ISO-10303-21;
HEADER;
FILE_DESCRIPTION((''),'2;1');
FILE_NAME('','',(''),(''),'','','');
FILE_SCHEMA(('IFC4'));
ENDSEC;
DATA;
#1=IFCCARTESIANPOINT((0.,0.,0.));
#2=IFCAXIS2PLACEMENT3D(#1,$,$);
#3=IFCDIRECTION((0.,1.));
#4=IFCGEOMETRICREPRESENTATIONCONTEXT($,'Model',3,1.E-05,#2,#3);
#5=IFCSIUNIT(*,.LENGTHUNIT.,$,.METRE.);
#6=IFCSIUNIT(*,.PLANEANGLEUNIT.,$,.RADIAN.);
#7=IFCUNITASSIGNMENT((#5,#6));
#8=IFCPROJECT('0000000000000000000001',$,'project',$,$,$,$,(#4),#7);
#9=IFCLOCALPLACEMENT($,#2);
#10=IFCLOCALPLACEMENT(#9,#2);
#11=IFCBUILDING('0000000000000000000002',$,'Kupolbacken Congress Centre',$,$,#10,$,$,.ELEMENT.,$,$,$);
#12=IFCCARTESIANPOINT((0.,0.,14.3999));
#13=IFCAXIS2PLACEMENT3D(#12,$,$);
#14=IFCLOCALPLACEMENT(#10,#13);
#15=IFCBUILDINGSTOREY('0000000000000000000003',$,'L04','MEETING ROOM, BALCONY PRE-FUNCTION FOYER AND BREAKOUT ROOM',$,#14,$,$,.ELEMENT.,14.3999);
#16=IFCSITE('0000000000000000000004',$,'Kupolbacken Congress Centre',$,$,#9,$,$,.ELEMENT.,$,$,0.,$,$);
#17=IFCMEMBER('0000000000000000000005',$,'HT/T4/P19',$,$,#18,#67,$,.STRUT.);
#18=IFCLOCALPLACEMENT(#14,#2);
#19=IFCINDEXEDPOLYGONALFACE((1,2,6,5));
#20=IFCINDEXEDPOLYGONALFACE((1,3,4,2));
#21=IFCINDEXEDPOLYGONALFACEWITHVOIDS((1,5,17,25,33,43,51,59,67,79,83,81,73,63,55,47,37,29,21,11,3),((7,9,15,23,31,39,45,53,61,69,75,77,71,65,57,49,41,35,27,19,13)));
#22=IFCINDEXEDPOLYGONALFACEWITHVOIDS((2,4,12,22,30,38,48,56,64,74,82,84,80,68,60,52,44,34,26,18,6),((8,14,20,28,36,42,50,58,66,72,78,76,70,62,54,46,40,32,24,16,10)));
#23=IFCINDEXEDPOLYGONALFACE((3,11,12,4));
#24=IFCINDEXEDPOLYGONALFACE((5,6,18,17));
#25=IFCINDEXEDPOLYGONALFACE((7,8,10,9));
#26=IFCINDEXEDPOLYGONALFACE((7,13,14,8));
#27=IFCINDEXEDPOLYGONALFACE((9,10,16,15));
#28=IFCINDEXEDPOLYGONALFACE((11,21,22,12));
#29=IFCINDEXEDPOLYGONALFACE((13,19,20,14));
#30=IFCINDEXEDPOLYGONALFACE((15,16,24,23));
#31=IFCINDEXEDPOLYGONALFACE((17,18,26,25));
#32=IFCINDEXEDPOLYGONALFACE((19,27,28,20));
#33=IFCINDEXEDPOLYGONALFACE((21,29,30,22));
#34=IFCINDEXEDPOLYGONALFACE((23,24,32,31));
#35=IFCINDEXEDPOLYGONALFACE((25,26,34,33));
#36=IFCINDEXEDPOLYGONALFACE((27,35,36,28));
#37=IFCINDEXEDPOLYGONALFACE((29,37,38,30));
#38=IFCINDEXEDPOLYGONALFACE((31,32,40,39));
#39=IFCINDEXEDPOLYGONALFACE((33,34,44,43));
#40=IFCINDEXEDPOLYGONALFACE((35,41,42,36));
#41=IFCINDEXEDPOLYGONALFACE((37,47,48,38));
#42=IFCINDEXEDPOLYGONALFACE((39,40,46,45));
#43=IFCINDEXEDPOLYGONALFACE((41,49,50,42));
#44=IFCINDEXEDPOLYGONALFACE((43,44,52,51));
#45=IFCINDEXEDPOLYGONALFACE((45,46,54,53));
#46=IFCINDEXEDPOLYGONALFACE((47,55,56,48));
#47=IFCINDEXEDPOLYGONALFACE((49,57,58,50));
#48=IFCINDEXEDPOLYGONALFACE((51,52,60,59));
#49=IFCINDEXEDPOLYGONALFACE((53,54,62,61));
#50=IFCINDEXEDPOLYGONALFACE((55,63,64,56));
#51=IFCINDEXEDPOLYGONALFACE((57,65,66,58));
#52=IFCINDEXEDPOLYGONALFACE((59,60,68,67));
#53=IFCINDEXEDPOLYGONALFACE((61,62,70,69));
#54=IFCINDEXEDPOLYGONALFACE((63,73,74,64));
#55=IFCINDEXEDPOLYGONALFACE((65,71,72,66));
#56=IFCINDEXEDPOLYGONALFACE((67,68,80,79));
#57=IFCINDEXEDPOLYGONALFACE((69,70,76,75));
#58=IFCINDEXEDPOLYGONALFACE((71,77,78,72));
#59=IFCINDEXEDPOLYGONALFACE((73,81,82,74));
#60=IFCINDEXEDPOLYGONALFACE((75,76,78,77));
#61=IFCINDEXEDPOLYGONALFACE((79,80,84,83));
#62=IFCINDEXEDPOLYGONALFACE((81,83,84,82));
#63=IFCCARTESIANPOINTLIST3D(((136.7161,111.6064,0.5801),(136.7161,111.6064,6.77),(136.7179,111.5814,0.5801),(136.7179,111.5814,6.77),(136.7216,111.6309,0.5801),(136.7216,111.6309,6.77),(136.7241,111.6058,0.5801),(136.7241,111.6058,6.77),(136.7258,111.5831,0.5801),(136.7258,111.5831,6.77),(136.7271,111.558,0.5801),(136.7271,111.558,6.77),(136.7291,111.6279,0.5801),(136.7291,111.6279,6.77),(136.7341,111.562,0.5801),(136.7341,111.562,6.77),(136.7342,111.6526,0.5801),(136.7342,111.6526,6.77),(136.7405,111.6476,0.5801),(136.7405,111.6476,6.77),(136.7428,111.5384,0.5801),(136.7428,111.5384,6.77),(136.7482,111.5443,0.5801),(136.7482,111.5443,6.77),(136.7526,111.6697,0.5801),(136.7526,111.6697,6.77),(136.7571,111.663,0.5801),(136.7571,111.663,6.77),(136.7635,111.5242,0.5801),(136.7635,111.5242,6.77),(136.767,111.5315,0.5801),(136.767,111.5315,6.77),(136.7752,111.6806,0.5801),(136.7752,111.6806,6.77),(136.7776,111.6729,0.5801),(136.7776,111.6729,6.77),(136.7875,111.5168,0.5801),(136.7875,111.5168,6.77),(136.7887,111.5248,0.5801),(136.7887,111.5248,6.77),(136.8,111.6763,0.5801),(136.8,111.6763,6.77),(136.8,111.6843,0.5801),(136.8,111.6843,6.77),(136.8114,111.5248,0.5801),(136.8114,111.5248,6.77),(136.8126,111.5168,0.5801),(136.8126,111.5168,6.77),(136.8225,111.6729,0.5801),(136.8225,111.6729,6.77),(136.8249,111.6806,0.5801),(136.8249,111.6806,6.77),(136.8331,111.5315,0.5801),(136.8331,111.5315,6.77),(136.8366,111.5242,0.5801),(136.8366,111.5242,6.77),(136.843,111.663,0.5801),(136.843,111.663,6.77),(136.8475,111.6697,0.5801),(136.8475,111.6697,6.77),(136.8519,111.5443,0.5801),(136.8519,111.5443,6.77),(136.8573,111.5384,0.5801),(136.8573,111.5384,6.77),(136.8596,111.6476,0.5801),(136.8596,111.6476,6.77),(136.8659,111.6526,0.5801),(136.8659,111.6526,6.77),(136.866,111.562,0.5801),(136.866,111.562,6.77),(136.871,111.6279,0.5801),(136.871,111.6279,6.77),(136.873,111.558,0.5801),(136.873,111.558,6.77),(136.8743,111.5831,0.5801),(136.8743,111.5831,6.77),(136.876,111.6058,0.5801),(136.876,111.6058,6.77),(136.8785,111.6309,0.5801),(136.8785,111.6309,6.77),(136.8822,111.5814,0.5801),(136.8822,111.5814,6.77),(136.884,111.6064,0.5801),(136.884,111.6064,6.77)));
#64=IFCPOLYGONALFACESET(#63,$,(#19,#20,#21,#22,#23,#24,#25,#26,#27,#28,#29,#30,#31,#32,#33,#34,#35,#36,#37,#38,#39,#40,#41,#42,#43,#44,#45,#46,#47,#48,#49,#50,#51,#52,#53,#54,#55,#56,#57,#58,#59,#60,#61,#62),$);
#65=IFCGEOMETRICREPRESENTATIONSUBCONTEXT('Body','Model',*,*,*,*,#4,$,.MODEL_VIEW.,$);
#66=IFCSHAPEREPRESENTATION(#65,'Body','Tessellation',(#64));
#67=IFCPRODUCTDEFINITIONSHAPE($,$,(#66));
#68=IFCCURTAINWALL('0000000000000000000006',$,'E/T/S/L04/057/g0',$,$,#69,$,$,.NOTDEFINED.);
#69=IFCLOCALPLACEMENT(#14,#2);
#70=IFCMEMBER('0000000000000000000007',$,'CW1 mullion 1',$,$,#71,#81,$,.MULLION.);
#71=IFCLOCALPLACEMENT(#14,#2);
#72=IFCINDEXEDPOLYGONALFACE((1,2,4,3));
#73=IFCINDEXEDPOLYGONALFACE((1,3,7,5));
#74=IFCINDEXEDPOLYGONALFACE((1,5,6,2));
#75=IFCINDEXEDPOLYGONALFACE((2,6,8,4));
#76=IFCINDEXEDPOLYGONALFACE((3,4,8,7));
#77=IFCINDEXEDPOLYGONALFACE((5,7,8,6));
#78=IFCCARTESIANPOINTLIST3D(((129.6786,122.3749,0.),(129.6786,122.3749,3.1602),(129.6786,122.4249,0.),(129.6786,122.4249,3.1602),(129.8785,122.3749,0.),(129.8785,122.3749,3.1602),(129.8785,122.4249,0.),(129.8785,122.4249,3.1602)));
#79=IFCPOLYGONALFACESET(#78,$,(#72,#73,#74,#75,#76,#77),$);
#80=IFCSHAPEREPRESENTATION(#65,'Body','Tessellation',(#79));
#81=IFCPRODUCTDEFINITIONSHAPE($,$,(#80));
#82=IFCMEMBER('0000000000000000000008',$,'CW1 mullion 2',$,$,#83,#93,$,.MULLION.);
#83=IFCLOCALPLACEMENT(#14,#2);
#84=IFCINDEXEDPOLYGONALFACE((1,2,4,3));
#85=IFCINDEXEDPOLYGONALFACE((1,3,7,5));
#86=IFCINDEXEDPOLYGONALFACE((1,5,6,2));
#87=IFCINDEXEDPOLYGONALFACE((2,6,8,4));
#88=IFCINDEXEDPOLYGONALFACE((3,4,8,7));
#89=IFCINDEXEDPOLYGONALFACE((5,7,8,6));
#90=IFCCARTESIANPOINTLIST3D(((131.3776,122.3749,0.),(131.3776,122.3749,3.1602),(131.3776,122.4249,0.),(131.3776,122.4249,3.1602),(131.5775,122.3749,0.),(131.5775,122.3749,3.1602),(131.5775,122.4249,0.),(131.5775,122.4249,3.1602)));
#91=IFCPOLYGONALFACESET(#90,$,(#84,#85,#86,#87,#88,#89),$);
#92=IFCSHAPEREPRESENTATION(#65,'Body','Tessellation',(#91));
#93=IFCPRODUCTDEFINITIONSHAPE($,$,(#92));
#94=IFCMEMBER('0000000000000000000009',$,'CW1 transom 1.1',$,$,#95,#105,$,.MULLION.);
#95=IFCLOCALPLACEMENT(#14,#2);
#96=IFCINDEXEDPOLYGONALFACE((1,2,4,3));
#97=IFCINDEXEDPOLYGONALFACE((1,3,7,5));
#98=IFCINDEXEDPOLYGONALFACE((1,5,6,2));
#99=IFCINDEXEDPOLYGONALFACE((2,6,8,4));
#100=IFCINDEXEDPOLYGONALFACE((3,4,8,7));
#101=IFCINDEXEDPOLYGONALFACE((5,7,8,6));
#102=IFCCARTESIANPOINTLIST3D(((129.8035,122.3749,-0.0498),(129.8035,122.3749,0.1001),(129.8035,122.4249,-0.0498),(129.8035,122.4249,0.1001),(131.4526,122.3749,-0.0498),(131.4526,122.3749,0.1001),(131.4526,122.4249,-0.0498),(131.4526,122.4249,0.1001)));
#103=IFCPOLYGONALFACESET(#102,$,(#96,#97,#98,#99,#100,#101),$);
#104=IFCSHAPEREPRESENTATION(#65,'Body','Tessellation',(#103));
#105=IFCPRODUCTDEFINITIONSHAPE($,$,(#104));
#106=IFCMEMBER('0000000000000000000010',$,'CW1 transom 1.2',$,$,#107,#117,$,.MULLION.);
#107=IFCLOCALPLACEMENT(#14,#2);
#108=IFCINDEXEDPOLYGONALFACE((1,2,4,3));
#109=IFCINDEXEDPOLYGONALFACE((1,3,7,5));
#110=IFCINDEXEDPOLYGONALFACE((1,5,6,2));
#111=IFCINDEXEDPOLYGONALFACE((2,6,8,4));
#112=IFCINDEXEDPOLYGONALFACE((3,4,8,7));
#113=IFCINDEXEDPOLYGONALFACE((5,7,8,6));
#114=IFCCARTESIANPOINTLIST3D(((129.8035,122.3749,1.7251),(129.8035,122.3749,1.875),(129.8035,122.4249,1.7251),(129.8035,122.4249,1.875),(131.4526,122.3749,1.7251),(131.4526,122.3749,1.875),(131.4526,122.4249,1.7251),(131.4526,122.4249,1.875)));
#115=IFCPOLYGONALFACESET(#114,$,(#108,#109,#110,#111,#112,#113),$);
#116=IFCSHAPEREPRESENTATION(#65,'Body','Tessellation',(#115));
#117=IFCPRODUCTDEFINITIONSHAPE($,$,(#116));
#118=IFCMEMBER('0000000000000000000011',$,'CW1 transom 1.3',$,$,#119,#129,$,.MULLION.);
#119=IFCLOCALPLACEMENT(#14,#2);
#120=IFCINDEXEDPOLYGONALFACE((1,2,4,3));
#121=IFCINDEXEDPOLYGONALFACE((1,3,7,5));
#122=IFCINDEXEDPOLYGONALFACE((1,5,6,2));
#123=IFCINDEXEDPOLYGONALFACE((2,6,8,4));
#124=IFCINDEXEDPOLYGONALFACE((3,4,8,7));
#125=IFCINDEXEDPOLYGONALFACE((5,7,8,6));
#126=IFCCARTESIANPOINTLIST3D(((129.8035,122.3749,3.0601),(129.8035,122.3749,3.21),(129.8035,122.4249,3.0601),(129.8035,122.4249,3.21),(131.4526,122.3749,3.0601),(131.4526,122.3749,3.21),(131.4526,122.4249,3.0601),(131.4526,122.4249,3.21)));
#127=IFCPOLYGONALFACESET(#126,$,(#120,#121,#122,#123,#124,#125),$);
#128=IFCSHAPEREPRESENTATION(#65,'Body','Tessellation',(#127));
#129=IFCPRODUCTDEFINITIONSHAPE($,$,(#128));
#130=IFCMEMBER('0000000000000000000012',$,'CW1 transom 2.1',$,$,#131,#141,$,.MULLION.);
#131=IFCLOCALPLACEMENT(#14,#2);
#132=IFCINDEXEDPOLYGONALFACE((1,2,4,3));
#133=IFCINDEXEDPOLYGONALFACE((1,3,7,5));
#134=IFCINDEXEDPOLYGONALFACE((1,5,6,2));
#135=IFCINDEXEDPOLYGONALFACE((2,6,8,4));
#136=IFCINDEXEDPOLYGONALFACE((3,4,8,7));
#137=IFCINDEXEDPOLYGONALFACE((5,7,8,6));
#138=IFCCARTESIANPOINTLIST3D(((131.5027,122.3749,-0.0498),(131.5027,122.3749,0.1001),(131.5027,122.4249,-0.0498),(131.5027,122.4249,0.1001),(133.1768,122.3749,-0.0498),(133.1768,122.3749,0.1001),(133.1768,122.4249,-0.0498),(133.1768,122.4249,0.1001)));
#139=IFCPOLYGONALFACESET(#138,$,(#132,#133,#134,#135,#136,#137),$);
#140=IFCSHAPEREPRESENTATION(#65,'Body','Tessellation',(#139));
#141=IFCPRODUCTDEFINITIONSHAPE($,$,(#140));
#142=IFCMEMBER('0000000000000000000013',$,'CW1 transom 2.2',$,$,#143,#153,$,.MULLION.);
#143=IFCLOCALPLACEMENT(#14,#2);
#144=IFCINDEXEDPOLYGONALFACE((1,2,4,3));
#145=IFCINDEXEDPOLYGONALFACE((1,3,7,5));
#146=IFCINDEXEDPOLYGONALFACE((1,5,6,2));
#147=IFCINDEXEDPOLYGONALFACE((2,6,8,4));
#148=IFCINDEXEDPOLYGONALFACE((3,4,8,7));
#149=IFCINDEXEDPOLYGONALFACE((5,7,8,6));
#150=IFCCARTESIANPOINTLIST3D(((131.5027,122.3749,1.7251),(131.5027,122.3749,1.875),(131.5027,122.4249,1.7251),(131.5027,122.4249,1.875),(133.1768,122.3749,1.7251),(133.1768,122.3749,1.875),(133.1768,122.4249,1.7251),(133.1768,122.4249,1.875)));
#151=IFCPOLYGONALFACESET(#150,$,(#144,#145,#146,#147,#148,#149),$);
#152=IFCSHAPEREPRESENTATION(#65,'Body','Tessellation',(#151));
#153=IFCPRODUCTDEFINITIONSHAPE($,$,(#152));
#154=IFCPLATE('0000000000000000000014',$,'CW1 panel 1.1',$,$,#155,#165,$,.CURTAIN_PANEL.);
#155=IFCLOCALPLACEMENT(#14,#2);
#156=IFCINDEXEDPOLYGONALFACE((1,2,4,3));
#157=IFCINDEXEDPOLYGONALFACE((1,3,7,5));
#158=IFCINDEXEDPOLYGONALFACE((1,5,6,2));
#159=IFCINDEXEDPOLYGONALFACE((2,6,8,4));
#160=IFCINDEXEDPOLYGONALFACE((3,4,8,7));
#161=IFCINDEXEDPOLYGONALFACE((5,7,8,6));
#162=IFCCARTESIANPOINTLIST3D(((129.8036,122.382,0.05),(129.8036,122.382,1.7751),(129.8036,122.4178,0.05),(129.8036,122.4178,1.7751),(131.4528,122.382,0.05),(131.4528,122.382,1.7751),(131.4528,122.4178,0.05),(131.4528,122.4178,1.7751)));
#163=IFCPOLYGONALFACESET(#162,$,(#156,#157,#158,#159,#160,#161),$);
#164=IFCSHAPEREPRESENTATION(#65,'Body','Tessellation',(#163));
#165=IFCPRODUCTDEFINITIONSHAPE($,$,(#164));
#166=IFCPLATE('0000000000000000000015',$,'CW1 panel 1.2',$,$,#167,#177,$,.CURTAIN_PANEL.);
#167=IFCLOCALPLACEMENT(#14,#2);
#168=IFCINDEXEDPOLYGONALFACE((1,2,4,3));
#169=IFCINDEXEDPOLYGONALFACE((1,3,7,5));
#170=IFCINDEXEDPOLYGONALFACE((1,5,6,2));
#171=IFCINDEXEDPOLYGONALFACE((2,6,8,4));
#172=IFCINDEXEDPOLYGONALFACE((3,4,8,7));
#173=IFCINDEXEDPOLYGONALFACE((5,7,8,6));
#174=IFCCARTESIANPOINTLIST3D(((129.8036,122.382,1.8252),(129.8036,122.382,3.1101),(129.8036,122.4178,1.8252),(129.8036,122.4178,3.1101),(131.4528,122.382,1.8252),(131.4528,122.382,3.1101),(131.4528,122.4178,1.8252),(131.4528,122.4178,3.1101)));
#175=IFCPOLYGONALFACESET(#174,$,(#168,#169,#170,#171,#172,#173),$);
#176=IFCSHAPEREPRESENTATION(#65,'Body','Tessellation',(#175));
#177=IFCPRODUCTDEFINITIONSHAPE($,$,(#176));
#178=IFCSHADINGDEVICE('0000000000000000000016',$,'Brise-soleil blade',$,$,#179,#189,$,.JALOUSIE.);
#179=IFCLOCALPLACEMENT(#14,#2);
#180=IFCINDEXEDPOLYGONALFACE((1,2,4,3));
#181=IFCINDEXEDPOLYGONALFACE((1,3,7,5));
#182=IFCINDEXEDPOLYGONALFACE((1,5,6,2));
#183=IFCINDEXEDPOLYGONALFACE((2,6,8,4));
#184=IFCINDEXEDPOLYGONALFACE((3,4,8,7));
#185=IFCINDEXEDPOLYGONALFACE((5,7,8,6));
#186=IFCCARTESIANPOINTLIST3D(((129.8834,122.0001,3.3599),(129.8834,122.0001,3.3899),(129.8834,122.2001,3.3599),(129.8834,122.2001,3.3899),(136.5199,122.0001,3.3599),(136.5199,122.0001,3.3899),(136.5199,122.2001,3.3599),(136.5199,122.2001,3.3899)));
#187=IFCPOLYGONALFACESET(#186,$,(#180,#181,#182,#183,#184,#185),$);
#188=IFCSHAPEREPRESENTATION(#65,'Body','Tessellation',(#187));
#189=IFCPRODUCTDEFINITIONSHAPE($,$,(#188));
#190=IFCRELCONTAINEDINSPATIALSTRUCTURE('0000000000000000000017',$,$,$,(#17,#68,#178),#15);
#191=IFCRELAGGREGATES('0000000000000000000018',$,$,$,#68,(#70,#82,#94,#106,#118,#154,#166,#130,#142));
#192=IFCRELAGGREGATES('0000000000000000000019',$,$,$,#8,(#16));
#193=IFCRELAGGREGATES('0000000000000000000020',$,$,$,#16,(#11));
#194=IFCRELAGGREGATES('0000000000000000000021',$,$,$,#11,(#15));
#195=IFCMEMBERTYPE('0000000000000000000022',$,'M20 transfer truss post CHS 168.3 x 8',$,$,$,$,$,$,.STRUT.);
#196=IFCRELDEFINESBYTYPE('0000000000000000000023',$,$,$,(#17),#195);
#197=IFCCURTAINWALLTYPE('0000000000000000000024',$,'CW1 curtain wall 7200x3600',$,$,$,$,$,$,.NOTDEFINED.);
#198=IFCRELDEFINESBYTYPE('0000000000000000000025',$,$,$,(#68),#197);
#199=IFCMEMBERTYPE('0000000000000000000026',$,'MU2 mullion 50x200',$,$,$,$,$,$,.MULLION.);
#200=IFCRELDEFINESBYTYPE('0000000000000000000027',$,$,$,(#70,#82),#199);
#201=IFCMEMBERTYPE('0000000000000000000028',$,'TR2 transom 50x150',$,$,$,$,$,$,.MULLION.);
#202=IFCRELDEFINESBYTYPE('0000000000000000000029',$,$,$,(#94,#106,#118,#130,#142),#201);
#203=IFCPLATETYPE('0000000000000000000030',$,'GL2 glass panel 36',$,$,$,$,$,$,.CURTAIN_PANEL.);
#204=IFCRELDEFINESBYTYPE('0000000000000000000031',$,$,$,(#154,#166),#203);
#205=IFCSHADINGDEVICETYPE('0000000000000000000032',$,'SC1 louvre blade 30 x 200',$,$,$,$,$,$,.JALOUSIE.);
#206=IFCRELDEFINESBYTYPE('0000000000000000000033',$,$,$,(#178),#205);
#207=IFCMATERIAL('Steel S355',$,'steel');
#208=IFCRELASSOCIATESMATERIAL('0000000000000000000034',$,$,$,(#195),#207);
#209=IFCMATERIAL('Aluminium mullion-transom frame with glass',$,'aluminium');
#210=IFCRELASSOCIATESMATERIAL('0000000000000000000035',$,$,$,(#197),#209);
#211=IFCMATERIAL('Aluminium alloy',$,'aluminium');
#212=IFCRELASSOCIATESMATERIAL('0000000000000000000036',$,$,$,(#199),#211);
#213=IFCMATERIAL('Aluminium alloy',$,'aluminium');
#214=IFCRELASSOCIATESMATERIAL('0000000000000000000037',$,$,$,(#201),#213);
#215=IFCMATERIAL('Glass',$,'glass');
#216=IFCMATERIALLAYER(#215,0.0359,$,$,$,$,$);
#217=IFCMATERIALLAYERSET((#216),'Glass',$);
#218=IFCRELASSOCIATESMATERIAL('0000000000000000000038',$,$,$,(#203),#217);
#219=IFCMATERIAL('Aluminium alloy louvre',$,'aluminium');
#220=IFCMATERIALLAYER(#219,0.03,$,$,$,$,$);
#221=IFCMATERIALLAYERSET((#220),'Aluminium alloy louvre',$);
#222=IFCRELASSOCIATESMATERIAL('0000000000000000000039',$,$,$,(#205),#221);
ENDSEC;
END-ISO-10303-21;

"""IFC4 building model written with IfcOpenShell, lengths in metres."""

from ifc_helpers import new_model, si_unit, direction, frame, origin, origin_2d, place, context, subcontext, project, spatial, rectangle, hollow_circle, extrude, material, layer, layer_set, material_profile, profile_set, type_object, element, aggregate, save


model = new_model("IFC4")

# Units and contexts
model_context = context("Model", 3, precision=1e-05, world=origin(), true_north=direction((0.0, 1.0)))
body_context = subcontext(model_context, "Body", "Model", "MODEL_VIEW")
ifc_project = project(units=[si_unit("LENGTHUNIT", "METRE"), si_unit("PLANEANGLEUNIT", "RADIAN")], contexts=[model_context])

# Site, building, storey
site_placement = place(None, origin())
site = spatial("IfcSite", under=ifc_project, at=site_placement, Name="Kupolbacken Congress Centre", CompositionType="ELEMENT", RefElevation=0.0)
building_placement = place(site_placement, origin())
building = spatial("IfcBuilding", under=site, at=building_placement, Name="Kupolbacken Congress Centre", CompositionType="ELEMENT")
storey_placement = place(building_placement, frame((0.0, 0.0, 14.3999)))
storey = spatial("IfcBuildingStorey", under=building, at=storey_placement, Name="L04", Description="MEETING ROOM, BALCONY PRE-FUNCTION FOYER AND BREAKOUT ROOM", CompositionType="ELEMENT", Elevation=14.3999)

# Member
ifc_material_1 = material(Name="Steel S355", Category="steel")
ifc_material_profile_1 = material_profile(ifc_material_1, hollow_circle(Radius=0.0842, WallThickness=0.0081, at=origin_2d()), Name="CHS 168.3 x 8")
ifc_profile_set_1 = profile_set([ifc_material_profile_1], Name="Steel S355")
member_type_1 = type_object("IfcMemberType", Name="M20 transfer truss post CHS 168.3 x 8", PredefinedType="STRUT", material=ifc_profile_set_1)
for number, where, z_axis, x_axis, name in (
    (1, (136.8, 111.6001, 0.5801), (0.0, 0.0, 1.0), (0.0, 1.0, 0.0), "HT/T4/P19"),
):
    element("IfcMember", number, at=place(storey_placement, frame(where, z_axis=z_axis, x_axis=x_axis)), inside=storey, type_object=member_type_1, Name=name, PredefinedType="STRUT", context=body_context, shape_type="SweptSolid", body=[
        extrude(hollow_circle(Radius=0.0842, WallThickness=0.0081, at=origin_2d()), origin(), (0.0, 0.0, 1.0), 6.1899),
    ])

# Curtain wall, members, plates
ifc_material_2 = material(Name="Aluminium mullion-transom frame with glass", Category="aluminium")
curtain_wall_type = type_object("IfcCurtainWallType", Name="CW1 curtain wall 7200x3600", PredefinedType="NOTDEFINED", material=ifc_material_2)
curtain_wall_placement = place(storey_placement, origin())
curtain_wall = element("IfcCurtainWall", 2, at=curtain_wall_placement, inside=storey, type_object=curtain_wall_type, Name="E/T/S/L04/057/g0", PredefinedType="NOTDEFINED")
ifc_material_3 = material(Name="Aluminium alloy", Category="aluminium")
ifc_material_profile_2 = material_profile(ifc_material_3, rectangle(XDim=0.05, YDim=0.2, at=origin_2d()), Name="50 x 200")
ifc_profile_set_2 = profile_set([ifc_material_profile_2], Name="Aluminium alloy")
member_type_2 = type_object("IfcMemberType", Name="MU2 mullion 50x200", PredefinedType="MULLION", material=ifc_profile_set_2)
member_1_placement = place(storey_placement, frame((129.7786, 122.3999, 0.0), z_axis=(0.0, 0.0, 1.0), x_axis=(0.0, 1.0, 0.0)))
member_1 = element("IfcMember", 3, at=member_1_placement, type_object=member_type_2, Name="CW1 mullion 1", PredefinedType="MULLION", context=body_context, shape_type="SweptSolid", body=[
    extrude(rectangle(XDim=0.05, YDim=0.2, at=origin_2d()), origin(), (0.0, 0.0, 1.0), 3.1602),
])
member_2_placement = place(storey_placement, frame((131.4775, 122.3999, 0.0), z_axis=(0.0, 0.0, 1.0), x_axis=(0.0, 1.0, 0.0)))
member_2 = element("IfcMember", 4, at=member_2_placement, type_object=member_type_2, Name="CW1 mullion 2", PredefinedType="MULLION", context=body_context, shape_type="SweptSolid", body=[
    extrude(rectangle(XDim=0.05, YDim=0.2, at=origin_2d()), origin(), (0.0, 0.0, 1.0), 3.1602),
])
ifc_material_4 = material(Name="Aluminium alloy", Category="aluminium")
ifc_material_profile_3 = material_profile(ifc_material_4, rectangle(XDim=0.05, YDim=0.1499, at=origin_2d()), Name="50 x 150")
ifc_profile_set_3 = profile_set([ifc_material_profile_3], Name="Aluminium alloy")
member_type_3 = type_object("IfcMemberType", Name="TR2 transom 50x150", PredefinedType="MULLION", material=ifc_profile_set_3)
member_3_placement = place(storey_placement, frame((129.8035, 122.3999, 0.0251), z_axis=(1.0, 0.0, 0.0), x_axis=(0.0, 1.0, 0.0)))
member_3 = element("IfcMember", 5, at=member_3_placement, type_object=member_type_3, Name="CW1 transom 1.1", PredefinedType="MULLION", context=body_context, shape_type="SweptSolid", body=[
    extrude(rectangle(XDim=0.05, YDim=0.1499, at=origin_2d()), origin(), (0.0, 0.0, 1.0), 1.6492),
])
member_4_placement = place(storey_placement, frame((129.8035, 122.3999, 1.8), z_axis=(1.0, 0.0, 0.0), x_axis=(0.0, 1.0, 0.0)))
member_4 = element("IfcMember", 6, at=member_4_placement, type_object=member_type_3, Name="CW1 transom 1.2", PredefinedType="MULLION", context=body_context, shape_type="SweptSolid", body=[
    extrude(rectangle(XDim=0.05, YDim=0.1499, at=origin_2d()), origin(), (0.0, 0.0, 1.0), 1.6492),
])
member_5_placement = place(storey_placement, frame((129.8035, 122.3999, 3.135), z_axis=(1.0, 0.0, 0.0), x_axis=(0.0, 1.0, 0.0)))
member_5 = element("IfcMember", 7, at=member_5_placement, type_object=member_type_3, Name="CW1 transom 1.3", PredefinedType="MULLION", context=body_context, shape_type="SweptSolid", body=[
    extrude(rectangle(XDim=0.05, YDim=0.1499, at=origin_2d()), origin(), (0.0, 0.0, 1.0), 1.6492),
])
member_6_placement = place(storey_placement, frame((131.5027, 122.3999, 0.0251), z_axis=(1.0, 0.0, 0.0), x_axis=(0.0, 1.0, 0.0)))
member_6 = element("IfcMember", 8, at=member_6_placement, type_object=member_type_3, Name="CW1 transom 2.1", PredefinedType="MULLION", context=body_context, shape_type="SweptSolid", body=[
    extrude(rectangle(XDim=0.05, YDim=0.1499, at=origin_2d()), origin(), (0.0, 0.0, 1.0), 1.6741),
])
member_7_placement = place(storey_placement, frame((131.5027, 122.3999, 1.8), z_axis=(1.0, 0.0, 0.0), x_axis=(0.0, 1.0, 0.0)))
member_7 = element("IfcMember", 9, at=member_7_placement, type_object=member_type_3, Name="CW1 transom 2.2", PredefinedType="MULLION", context=body_context, shape_type="SweptSolid", body=[
    extrude(rectangle(XDim=0.05, YDim=0.1499, at=origin_2d()), origin(), (0.0, 0.0, 1.0), 1.6741),
])
ifc_material_5 = material(Name="Glass", Category="glass")
ifc_layer_1 = layer(ifc_material_5, 0.0359)
ifc_layer_set_1 = layer_set([ifc_layer_1], Name="Glass")
plate_type = type_object("IfcPlateType", Name="GL2 glass panel 36", PredefinedType="CURTAIN_PANEL", material=ifc_layer_set_1)
plate_1_placement = place(storey_placement, frame((130.6282, 122.3999, 0.05), z_axis=(0.0, 0.0, 1.0), x_axis=(1.0, 0.0, 0.0)))
plate_1 = element("IfcPlate", 10, at=plate_1_placement, type_object=plate_type, Name="CW1 panel 1.1", PredefinedType="CURTAIN_PANEL", context=body_context, shape_type="SweptSolid", body=[
    extrude(rectangle(XDim=1.6492, YDim=0.0359, at=origin_2d()), origin(), (0.0, 0.0, 1.0), 1.7251),
])
plate_2_placement = place(storey_placement, frame((130.6282, 122.3999, 1.8252), z_axis=(0.0, 0.0, 1.0), x_axis=(1.0, 0.0, 0.0)))
plate_2 = element("IfcPlate", 11, at=plate_2_placement, type_object=plate_type, Name="CW1 panel 1.2", PredefinedType="CURTAIN_PANEL", context=body_context, shape_type="SweptSolid", body=[
    extrude(rectangle(XDim=1.6492, YDim=0.0359, at=origin_2d()), origin(), (0.0, 0.0, 1.0), 1.2849),
])
aggregate(curtain_wall, [member_1, member_2, member_3, member_4, member_5, plate_1, plate_2, member_6, member_7])

# Shading device
ifc_material_6 = material(Name="Aluminium alloy louvre", Category="aluminium")
ifc_layer_2 = layer(ifc_material_6, 0.03)
ifc_layer_set_2 = layer_set([ifc_layer_2], Name="Aluminium alloy louvre")
shading_device_type = type_object("IfcShadingDeviceType", Name="SC1 louvre blade 30 x 200", PredefinedType="JALOUSIE", material=ifc_layer_set_2)
for number, where, z_axis, x_axis, name in (
    (12, (133.2017, 122.1001, 3.3599), (0.0, 0.0, 1.0), (1.0, 0.0, 0.0), "Brise-soleil blade"),
):
    element("IfcShadingDevice", number, at=place(storey_placement, frame(where, z_axis=z_axis, x_axis=x_axis)), inside=storey, type_object=shading_device_type, Name=name, PredefinedType="JALOUSIE", context=body_context, shape_type="SweptSolid", body=[
        extrude(rectangle(XDim=6.6365, YDim=0.2, at=origin_2d()), origin(), (0.0, 0.0, 1.0), 0.03),
    ])

save(model, "model.ifc")
